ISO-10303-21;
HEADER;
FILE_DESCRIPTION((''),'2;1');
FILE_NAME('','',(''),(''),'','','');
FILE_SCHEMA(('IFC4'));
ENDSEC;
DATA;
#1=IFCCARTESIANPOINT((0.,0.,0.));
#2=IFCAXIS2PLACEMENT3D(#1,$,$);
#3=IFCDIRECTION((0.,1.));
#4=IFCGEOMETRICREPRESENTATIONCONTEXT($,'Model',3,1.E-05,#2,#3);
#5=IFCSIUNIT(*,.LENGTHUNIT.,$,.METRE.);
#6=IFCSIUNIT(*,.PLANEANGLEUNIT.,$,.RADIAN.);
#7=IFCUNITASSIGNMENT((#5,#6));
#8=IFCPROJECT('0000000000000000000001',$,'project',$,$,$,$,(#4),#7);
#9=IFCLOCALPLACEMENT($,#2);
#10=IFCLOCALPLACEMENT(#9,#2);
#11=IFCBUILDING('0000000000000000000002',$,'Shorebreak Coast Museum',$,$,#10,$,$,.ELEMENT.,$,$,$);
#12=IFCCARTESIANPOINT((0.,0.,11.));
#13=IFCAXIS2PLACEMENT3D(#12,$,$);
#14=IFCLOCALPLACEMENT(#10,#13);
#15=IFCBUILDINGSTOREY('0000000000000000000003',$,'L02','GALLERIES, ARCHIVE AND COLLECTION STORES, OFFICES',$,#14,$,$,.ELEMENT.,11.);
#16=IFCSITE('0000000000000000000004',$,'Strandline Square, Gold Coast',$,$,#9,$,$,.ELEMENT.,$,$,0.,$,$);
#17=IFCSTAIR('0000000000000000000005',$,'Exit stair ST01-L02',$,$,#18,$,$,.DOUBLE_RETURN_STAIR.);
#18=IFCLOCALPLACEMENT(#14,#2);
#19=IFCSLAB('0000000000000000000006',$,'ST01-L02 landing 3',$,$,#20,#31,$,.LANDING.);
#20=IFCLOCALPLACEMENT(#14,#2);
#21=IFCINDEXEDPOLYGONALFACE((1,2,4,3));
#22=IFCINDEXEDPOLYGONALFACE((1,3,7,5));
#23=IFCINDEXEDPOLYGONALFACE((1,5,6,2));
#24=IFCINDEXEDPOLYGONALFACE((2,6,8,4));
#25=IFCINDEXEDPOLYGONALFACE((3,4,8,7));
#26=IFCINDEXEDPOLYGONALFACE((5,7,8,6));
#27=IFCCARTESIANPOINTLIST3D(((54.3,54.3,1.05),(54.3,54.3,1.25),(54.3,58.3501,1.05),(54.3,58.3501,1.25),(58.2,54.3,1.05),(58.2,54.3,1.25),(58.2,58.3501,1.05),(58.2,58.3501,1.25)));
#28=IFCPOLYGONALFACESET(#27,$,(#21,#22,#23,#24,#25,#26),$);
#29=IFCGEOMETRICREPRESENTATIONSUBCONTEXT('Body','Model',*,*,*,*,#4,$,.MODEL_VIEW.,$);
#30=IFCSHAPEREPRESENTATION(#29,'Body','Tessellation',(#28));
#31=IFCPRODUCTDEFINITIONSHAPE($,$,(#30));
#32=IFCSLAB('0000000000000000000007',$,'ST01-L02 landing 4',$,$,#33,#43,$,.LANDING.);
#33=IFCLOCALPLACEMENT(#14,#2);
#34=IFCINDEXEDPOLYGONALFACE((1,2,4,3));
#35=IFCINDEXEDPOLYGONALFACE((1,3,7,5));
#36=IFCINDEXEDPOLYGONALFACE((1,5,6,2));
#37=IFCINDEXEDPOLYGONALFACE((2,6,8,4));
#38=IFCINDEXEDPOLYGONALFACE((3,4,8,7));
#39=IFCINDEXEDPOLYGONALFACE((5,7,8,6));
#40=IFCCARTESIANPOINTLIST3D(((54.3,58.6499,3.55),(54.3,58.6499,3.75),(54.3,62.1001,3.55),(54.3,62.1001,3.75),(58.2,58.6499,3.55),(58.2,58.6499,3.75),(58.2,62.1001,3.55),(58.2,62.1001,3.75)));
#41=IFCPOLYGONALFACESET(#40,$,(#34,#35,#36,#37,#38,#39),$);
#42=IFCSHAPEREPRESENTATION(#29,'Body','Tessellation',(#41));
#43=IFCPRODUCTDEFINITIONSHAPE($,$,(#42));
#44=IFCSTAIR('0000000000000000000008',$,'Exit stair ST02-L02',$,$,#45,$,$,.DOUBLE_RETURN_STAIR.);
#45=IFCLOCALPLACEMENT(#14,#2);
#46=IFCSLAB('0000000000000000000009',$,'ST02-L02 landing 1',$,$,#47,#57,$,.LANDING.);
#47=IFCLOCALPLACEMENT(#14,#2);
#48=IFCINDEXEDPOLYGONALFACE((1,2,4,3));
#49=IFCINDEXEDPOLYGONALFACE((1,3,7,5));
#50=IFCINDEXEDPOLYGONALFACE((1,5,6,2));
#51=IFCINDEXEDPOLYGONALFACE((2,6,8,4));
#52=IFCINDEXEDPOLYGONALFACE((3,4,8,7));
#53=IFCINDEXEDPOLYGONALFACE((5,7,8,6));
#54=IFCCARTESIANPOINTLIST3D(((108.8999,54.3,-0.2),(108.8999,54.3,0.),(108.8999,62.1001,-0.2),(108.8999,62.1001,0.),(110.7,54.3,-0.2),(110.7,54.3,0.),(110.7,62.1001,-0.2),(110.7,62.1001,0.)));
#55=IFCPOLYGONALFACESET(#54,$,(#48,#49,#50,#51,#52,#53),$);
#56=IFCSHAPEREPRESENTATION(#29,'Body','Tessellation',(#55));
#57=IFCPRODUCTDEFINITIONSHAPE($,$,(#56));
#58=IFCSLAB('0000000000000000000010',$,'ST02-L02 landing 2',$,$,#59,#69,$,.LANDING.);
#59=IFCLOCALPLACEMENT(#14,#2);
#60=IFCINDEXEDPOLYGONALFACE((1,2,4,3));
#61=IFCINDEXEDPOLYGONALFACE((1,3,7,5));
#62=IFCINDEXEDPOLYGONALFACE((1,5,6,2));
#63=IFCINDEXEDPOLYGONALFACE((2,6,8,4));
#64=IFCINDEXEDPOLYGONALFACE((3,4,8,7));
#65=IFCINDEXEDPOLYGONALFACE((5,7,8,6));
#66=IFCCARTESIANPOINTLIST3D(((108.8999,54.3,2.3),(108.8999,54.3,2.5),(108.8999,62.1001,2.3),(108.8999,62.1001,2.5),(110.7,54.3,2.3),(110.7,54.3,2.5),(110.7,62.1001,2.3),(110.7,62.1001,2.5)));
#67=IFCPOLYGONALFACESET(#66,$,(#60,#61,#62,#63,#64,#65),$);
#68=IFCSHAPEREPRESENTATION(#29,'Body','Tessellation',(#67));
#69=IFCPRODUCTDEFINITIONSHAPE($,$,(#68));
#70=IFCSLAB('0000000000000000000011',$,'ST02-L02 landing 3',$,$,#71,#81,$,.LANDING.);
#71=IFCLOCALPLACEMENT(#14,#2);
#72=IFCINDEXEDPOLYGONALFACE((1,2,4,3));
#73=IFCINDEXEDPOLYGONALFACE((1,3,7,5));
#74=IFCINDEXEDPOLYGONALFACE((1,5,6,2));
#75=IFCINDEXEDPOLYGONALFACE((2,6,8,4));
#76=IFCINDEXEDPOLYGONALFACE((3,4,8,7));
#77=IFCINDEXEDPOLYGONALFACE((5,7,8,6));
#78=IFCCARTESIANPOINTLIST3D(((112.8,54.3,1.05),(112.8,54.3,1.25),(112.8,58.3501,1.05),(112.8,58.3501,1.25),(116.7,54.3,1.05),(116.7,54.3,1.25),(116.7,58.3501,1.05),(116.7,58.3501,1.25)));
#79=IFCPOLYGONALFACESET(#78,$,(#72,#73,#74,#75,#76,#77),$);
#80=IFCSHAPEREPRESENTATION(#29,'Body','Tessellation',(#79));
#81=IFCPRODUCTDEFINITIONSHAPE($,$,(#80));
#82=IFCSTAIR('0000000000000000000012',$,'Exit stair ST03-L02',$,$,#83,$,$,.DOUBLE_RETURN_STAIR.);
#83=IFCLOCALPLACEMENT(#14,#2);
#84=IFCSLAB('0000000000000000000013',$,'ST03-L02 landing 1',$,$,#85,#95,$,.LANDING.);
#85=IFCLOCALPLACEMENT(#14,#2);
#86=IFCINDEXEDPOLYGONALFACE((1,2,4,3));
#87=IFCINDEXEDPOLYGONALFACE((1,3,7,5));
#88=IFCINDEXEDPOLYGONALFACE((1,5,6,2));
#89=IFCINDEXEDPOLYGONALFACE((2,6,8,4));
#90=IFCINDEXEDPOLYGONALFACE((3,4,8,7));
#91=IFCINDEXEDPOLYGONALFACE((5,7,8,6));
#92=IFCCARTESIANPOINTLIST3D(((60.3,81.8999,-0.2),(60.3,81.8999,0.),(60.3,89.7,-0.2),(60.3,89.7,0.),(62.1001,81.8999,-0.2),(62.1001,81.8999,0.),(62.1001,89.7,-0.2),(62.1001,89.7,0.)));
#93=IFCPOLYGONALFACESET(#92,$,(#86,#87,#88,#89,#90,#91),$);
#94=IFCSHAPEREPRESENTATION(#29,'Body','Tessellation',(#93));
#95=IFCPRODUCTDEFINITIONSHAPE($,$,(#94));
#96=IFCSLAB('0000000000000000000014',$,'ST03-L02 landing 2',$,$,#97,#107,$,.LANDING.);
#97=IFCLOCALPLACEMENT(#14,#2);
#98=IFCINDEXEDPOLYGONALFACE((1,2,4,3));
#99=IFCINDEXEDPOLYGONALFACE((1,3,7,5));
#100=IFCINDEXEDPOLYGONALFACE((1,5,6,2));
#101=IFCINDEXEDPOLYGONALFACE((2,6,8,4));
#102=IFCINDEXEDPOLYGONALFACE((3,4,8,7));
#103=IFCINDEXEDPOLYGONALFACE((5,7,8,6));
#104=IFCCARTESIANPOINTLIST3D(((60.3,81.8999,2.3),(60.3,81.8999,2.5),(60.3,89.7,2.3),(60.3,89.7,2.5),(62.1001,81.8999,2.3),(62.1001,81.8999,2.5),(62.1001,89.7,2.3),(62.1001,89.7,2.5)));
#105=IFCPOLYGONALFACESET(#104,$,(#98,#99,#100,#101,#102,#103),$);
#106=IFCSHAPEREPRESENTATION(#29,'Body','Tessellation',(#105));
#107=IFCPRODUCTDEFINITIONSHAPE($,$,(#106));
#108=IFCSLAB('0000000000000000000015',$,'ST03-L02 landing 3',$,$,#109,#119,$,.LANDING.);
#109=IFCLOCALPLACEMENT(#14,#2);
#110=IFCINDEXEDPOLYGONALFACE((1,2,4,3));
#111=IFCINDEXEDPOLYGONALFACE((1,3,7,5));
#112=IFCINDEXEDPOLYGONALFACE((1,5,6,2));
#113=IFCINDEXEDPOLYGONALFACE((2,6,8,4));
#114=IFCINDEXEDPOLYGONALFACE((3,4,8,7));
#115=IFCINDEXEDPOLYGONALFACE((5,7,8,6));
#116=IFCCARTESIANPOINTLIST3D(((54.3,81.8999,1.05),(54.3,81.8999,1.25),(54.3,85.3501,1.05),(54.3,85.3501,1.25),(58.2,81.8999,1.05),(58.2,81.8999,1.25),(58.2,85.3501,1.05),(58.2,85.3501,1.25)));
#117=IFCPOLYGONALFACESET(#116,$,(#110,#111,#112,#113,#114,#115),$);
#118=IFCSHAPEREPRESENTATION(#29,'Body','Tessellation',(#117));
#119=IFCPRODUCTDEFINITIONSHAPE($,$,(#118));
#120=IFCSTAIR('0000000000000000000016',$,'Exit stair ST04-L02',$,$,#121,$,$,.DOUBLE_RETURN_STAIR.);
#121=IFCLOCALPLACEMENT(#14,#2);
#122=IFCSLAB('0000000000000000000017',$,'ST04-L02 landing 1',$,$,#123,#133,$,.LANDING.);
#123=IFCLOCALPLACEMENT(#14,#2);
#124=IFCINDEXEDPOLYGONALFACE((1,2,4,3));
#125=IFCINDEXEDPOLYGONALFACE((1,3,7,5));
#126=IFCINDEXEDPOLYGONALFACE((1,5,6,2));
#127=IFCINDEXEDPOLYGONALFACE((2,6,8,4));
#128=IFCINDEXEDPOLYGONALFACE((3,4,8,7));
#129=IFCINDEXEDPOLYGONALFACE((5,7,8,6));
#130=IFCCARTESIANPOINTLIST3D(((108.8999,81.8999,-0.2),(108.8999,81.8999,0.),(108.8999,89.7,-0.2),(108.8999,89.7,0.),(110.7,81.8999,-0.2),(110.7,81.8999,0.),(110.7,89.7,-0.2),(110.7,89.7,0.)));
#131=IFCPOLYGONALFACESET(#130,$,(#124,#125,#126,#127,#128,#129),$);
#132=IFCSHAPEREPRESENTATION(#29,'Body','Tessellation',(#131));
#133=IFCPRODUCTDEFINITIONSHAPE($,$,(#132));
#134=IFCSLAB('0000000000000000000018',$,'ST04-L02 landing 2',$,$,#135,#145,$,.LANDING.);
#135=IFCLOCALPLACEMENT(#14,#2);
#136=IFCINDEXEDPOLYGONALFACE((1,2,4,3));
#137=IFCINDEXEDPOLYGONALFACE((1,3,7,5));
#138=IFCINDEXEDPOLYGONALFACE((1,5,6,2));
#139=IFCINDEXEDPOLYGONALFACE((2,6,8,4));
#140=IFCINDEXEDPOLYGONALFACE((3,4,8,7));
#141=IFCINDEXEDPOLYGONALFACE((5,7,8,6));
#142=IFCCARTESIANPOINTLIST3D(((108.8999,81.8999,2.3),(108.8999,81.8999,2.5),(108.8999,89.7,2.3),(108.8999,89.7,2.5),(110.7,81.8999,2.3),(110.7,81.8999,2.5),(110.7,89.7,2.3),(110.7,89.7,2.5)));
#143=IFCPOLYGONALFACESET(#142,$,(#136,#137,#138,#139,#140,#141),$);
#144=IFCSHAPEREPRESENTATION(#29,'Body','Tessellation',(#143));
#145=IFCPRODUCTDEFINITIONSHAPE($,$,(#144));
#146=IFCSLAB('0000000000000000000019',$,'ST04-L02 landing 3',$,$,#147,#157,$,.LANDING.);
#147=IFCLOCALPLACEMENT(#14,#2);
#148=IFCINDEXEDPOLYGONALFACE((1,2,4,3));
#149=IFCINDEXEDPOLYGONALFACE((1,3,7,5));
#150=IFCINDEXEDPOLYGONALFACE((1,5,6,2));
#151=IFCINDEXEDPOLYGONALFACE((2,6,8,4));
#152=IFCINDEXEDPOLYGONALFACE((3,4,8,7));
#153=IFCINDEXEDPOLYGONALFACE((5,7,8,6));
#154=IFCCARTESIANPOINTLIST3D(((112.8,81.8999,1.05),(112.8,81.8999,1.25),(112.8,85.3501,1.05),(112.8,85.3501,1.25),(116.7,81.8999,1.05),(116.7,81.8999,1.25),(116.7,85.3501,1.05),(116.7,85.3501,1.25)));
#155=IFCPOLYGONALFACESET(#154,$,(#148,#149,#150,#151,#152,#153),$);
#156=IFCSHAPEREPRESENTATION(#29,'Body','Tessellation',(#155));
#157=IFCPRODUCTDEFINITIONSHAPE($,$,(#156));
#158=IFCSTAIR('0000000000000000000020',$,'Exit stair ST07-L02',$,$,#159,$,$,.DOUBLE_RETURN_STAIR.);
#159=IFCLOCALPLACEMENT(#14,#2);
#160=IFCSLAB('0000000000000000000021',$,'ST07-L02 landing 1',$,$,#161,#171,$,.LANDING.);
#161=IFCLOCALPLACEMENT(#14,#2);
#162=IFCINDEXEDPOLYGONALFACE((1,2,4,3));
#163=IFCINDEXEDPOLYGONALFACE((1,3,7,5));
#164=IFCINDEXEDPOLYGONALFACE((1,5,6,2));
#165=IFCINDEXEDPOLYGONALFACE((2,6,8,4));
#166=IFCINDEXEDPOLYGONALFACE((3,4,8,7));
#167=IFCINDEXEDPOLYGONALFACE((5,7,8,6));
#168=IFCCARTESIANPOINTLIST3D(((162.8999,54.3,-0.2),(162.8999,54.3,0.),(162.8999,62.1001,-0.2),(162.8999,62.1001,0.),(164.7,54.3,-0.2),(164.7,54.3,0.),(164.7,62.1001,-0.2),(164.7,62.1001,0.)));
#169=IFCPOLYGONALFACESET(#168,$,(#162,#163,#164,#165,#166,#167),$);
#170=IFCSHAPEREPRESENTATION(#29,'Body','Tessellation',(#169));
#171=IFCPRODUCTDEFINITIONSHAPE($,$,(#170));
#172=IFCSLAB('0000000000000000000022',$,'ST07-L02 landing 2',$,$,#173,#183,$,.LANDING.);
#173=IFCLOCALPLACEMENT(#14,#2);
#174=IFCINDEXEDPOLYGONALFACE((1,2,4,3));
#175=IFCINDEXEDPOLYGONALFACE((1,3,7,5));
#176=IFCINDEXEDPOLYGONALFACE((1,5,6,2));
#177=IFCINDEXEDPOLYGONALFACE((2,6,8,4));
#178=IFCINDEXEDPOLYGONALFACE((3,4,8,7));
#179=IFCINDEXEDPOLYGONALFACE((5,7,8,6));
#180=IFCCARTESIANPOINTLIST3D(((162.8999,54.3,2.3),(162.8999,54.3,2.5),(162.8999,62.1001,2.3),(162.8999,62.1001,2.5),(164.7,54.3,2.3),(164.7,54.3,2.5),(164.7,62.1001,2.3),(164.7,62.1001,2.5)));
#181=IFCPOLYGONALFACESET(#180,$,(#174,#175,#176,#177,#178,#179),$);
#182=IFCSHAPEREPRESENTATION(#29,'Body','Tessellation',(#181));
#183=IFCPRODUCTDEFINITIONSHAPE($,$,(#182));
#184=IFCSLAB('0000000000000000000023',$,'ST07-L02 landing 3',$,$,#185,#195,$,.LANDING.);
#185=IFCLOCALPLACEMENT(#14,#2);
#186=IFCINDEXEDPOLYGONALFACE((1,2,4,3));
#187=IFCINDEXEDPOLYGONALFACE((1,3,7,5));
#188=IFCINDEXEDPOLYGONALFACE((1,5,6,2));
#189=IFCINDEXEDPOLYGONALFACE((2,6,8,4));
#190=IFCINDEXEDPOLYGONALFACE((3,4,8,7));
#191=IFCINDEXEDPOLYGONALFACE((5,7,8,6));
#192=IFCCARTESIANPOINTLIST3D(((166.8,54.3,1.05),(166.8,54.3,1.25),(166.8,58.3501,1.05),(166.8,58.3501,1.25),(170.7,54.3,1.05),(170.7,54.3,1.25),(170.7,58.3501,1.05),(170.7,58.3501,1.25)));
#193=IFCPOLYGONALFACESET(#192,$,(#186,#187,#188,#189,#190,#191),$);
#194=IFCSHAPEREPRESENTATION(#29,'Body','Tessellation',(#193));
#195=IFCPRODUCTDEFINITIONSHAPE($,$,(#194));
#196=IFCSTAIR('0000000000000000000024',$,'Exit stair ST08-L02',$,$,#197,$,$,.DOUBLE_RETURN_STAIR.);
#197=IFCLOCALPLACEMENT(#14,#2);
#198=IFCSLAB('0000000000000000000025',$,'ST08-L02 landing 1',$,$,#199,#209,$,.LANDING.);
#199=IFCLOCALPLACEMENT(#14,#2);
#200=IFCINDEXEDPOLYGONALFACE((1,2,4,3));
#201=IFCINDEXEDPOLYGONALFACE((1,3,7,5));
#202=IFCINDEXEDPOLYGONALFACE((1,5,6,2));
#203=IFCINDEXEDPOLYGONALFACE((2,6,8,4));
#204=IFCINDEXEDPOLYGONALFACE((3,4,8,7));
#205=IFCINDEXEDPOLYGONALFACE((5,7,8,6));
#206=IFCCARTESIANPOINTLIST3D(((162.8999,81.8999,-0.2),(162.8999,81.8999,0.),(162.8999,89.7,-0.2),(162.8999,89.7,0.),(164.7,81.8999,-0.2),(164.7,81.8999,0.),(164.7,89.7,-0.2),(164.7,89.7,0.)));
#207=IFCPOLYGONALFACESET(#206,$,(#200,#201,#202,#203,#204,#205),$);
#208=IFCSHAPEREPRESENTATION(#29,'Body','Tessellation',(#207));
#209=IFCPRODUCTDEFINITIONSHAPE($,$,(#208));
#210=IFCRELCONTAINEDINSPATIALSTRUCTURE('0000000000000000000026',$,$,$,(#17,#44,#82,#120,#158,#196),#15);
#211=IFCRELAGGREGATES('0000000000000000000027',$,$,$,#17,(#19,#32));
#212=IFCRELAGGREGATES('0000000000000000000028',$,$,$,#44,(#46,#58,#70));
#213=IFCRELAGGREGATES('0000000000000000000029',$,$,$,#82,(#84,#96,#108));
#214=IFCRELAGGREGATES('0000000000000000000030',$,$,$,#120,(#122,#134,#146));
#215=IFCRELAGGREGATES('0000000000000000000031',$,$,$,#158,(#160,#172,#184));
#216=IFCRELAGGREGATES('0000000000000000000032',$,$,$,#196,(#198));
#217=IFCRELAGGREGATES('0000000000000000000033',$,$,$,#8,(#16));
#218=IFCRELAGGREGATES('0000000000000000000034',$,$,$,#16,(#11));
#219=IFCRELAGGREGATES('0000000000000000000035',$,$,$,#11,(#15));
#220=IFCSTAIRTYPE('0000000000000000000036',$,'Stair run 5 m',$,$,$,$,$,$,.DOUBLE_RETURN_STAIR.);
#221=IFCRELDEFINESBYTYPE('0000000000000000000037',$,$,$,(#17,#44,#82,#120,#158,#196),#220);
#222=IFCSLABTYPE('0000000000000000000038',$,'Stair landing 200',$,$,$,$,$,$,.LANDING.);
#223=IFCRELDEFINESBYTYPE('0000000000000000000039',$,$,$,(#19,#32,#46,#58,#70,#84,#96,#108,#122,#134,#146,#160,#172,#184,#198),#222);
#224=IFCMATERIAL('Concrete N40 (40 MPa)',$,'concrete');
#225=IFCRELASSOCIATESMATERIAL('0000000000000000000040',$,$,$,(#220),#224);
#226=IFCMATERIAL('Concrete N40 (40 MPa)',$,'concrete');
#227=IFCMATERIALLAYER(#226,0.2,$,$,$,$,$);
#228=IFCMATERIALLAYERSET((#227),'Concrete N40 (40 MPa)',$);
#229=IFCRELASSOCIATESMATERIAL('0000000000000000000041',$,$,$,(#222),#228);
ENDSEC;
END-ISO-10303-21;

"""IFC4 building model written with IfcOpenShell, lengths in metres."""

from ifc_helpers import new_model, si_unit, direction, frame, origin, place, context, subcontext, project, spatial, polyline, outline, extrude, material, layer, layer_set, type_object, element, aggregate, save


model = new_model("IFC4")

# Units and contexts
model_context = context("Model", 3, precision=1e-05, world=origin(), true_north=direction((0.0, 1.0)))
body_context = subcontext(model_context, "Body", "Model", "MODEL_VIEW")
ifc_project = project(units=[si_unit("LENGTHUNIT", "METRE"), si_unit("PLANEANGLEUNIT", "RADIAN")], contexts=[model_context])

# Site, building, storey
site_placement = place(None, origin())
site = spatial("IfcSite", under=ifc_project, at=site_placement, Name="Strandline Square, Gold Coast", CompositionType="ELEMENT", RefElevation=0.0)
building_placement = place(site_placement, origin())
building = spatial("IfcBuilding", under=site, at=building_placement, Name="Shorebreak Coast Museum", CompositionType="ELEMENT")
storey_placement = place(building_placement, frame((0.0, 0.0, 11.0)))
storey = spatial("IfcBuildingStorey", under=building, at=storey_placement, Name="L02", Description="GALLERIES, ARCHIVE AND COLLECTION STORES, OFFICES", CompositionType="ELEMENT", Elevation=11.0)

# Stairs, slabs
ifc_material_1 = material(Name="Concrete N40 (40 MPa)", Category="concrete")
stair_type = type_object("IfcStairType", Name="Stair run 5 m", PredefinedType="DOUBLE_RETURN_STAIR", material=ifc_material_1)
stair_1_placement = place(storey_placement, origin())
stair_1 = element("IfcStair", 1, at=stair_1_placement, inside=storey, type_object=stair_type, Name="Exit stair ST01-L02", PredefinedType="DOUBLE_RETURN_STAIR")
ifc_material_2 = material(Name="Concrete N40 (40 MPa)", Category="concrete")
ifc_layer_1 = layer(ifc_material_2, 0.2)
ifc_layer_set_1 = layer_set([ifc_layer_1], Name="Concrete N40 (40 MPa)")
slab_type_1 = type_object("IfcSlabType", Name="Stair landing 200", PredefinedType="LANDING", material=ifc_layer_set_1)
slab_1_placement = place(storey_placement, frame((0.0, 0.0, 1.05)))
slab_1 = element("IfcSlab", 2, at=slab_1_placement, type_object=slab_type_1, Name="ST01-L02 landing 3", PredefinedType="LANDING", context=body_context, shape_type="SweptSolid", body=[
    extrude(outline(polyline([(54.3, 54.3), (58.2, 54.3), (58.2, 58.3501), (54.3, 58.3501), (54.3, 54.3)])), origin(), (0.0, 0.0, 1.0), 0.2),
])
slab_2_placement = place(storey_placement, frame((0.0, 0.0, 3.55)))
slab_2 = element("IfcSlab", 3, at=slab_2_placement, type_object=slab_type_1, Name="ST01-L02 landing 4", PredefinedType="LANDING", context=body_context, shape_type="SweptSolid", body=[
    extrude(outline(polyline([(54.3, 58.6499), (58.2, 58.6499), (58.2, 62.1001), (54.3, 62.1001), (54.3, 58.6499)])), origin(), (0.0, 0.0, 1.0), 0.2),
])
aggregate(stair_1, [slab_1, slab_2])
stair_2_placement = place(storey_placement, origin())
stair_2 = element("IfcStair", 4, at=stair_2_placement, inside=storey, type_object=stair_type, Name="Exit stair ST02-L02", PredefinedType="DOUBLE_RETURN_STAIR")
slab_3_placement = place(storey_placement, frame((0.0, 0.0, -0.2)))
slab_3 = element("IfcSlab", 5, at=slab_3_placement, type_object=slab_type_1, Name="ST02-L02 landing 1", PredefinedType="LANDING", context=body_context, shape_type="SweptSolid", body=[
    extrude(outline(polyline([(108.8999, 54.3), (110.7, 54.3), (110.7, 62.1001), (108.8999, 62.1001), (108.8999, 54.3)])), origin(), (0.0, 0.0, 1.0), 0.2),
])
slab_4_placement = place(storey_placement, frame((0.0, 0.0, 2.3)))
slab_4 = element("IfcSlab", 6, at=slab_4_placement, type_object=slab_type_1, Name="ST02-L02 landing 2", PredefinedType="LANDING", context=body_context, shape_type="SweptSolid", body=[
    extrude(outline(polyline([(108.8999, 54.3), (110.7, 54.3), (110.7, 62.1001), (108.8999, 62.1001), (108.8999, 54.3)])), origin(), (0.0, 0.0, 1.0), 0.2),
])
slab_5_placement = place(storey_placement, frame((0.0, 0.0, 1.05)))
slab_5 = element("IfcSlab", 7, at=slab_5_placement, type_object=slab_type_1, Name="ST02-L02 landing 3", PredefinedType="LANDING", context=body_context, shape_type="SweptSolid", body=[
    extrude(outline(polyline([(112.8, 54.3), (116.7, 54.3), (116.7, 58.3501), (112.8, 58.3501), (112.8, 54.3)])), origin(), (0.0, 0.0, 1.0), 0.2),
])
aggregate(stair_2, [slab_3, slab_4, slab_5])
stair_3_placement = place(storey_placement, origin())
stair_3 = element("IfcStair", 8, at=stair_3_placement, inside=storey, type_object=stair_type, Name="Exit stair ST03-L02", PredefinedType="DOUBLE_RETURN_STAIR")
slab_6_placement = place(storey_placement, frame((0.0, 0.0, -0.2)))
slab_6 = element("IfcSlab", 9, at=slab_6_placement, type_object=slab_type_1, Name="ST03-L02 landing 1", PredefinedType="LANDING", context=body_context, shape_type="SweptSolid", body=[
    extrude(outline(polyline([(60.3, 81.8999), (62.1001, 81.8999), (62.1001, 89.7), (60.3, 89.7), (60.3, 81.8999)])), origin(), (0.0, 0.0, 1.0), 0.2),
])
slab_7_placement = place(storey_placement, frame((0.0, 0.0, 2.3)))
slab_7 = element("IfcSlab", 10, at=slab_7_placement, type_object=slab_type_1, Name="ST03-L02 landing 2", PredefinedType="LANDING", context=body_context, shape_type="SweptSolid", body=[
    extrude(outline(polyline([(60.3, 81.8999), (62.1001, 81.8999), (62.1001, 89.7), (60.3, 89.7), (60.3, 81.8999)])), origin(), (0.0, 0.0, 1.0), 0.2),
])
slab_8_placement = place(storey_placement, frame((0.0, 0.0, 1.05)))
slab_8 = element("IfcSlab", 11, at=slab_8_placement, type_object=slab_type_1, Name="ST03-L02 landing 3", PredefinedType="LANDING", context=body_context, shape_type="SweptSolid", body=[
    extrude(outline(polyline([(54.3, 81.8999), (58.2, 81.8999), (58.2, 85.3501), (54.3, 85.3501), (54.3, 81.8999)])), origin(), (0.0, 0.0, 1.0), 0.2),
])
aggregate(stair_3, [slab_6, slab_7, slab_8])
stair_4_placement = place(storey_placement, origin())
stair_4 = element("IfcStair", 12, at=stair_4_placement, inside=storey, type_object=stair_type, Name="Exit stair ST04-L02", PredefinedType="DOUBLE_RETURN_STAIR")
slab_9_placement = place(storey_placement, frame((0.0, 0.0, -0.2)))
slab_9 = element("IfcSlab", 13, at=slab_9_placement, type_object=slab_type_1, Name="ST04-L02 landing 1", PredefinedType="LANDING", context=body_context, shape_type="SweptSolid", body=[
    extrude(outline(polyline([(108.8999, 81.8999), (110.7, 81.8999), (110.7, 89.7), (108.8999, 89.7), (108.8999, 81.8999)])), origin(), (0.0, 0.0, 1.0), 0.2),
])
slab_10_placement = place(storey_placement, frame((0.0, 0.0, 2.3)))
slab_10 = element("IfcSlab", 14, at=slab_10_placement, type_object=slab_type_1, Name="ST04-L02 landing 2", PredefinedType="LANDING", context=body_context, shape_type="SweptSolid", body=[
    extrude(outline(polyline([(108.8999, 81.8999), (110.7, 81.8999), (110.7, 89.7), (108.8999, 89.7), (108.8999, 81.8999)])), origin(), (0.0, 0.0, 1.0), 0.2),
])
slab_11_placement = place(storey_placement, frame((0.0, 0.0, 1.05)))
slab_11 = element("IfcSlab", 15, at=slab_11_placement, type_object=slab_type_1, Name="ST04-L02 landing 3", PredefinedType="LANDING", context=body_context, shape_type="SweptSolid", body=[
    extrude(outline(polyline([(112.8, 81.8999), (116.7, 81.8999), (116.7, 85.3501), (112.8, 85.3501), (112.8, 81.8999)])), origin(), (0.0, 0.0, 1.0), 0.2),
])
aggregate(stair_4, [slab_9, slab_10, slab_11])
stair_5_placement = place(storey_placement, origin())
stair_5 = element("IfcStair", 16, at=stair_5_placement, inside=storey, type_object=stair_type, Name="Exit stair ST07-L02", PredefinedType="DOUBLE_RETURN_STAIR")
slab_12_placement = place(storey_placement, frame((0.0, 0.0, -0.2)))
slab_12 = element("IfcSlab", 17, at=slab_12_placement, type_object=slab_type_1, Name="ST07-L02 landing 1", PredefinedType="LANDING", context=body_context, shape_type="SweptSolid", body=[
    extrude(outline(polyline([(162.8999, 54.3), (164.7, 54.3), (164.7, 62.1001), (162.8999, 62.1001), (162.8999, 54.3)])), origin(), (0.0, 0.0, 1.0), 0.2),
])
slab_13_placement = place(storey_placement, frame((0.0, 0.0, 2.3)))
slab_13 = element("IfcSlab", 18, at=slab_13_placement, type_object=slab_type_1, Name="ST07-L02 landing 2", PredefinedType="LANDING", context=body_context, shape_type="SweptSolid", body=[
    extrude(outline(polyline([(162.8999, 54.3), (164.7, 54.3), (164.7, 62.1001), (162.8999, 62.1001), (162.8999, 54.3)])), origin(), (0.0, 0.0, 1.0), 0.2),
])
slab_14_placement = place(storey_placement, frame((0.0, 0.0, 1.05)))
slab_14 = element("IfcSlab", 19, at=slab_14_placement, type_object=slab_type_1, Name="ST07-L02 landing 3", PredefinedType="LANDING", context=body_context, shape_type="SweptSolid", body=[
    extrude(outline(polyline([(166.8, 54.3), (170.7, 54.3), (170.7, 58.3501), (166.8, 58.3501), (166.8, 54.3)])), origin(), (0.0, 0.0, 1.0), 0.2),
])
aggregate(stair_5, [slab_12, slab_13, slab_14])
stair_6_placement = place(storey_placement, origin())
stair_6 = element("IfcStair", 20, at=stair_6_placement, inside=storey, type_object=stair_type, Name="Exit stair ST08-L02", PredefinedType="DOUBLE_RETURN_STAIR")
slab_15_placement = place(storey_placement, frame((0.0, 0.0, -0.2)))
slab_15 = element("IfcSlab", 21, at=slab_15_placement, type_object=slab_type_1, Name="ST08-L02 landing 1", PredefinedType="LANDING", context=body_context, shape_type="SweptSolid", body=[
    extrude(outline(polyline([(162.8999, 81.8999), (164.7, 81.8999), (164.7, 89.7), (162.8999, 89.7), (162.8999, 81.8999)])), origin(), (0.0, 0.0, 1.0), 0.2),
])
aggregate(stair_6, [slab_15])

save(model, "model.ifc")
